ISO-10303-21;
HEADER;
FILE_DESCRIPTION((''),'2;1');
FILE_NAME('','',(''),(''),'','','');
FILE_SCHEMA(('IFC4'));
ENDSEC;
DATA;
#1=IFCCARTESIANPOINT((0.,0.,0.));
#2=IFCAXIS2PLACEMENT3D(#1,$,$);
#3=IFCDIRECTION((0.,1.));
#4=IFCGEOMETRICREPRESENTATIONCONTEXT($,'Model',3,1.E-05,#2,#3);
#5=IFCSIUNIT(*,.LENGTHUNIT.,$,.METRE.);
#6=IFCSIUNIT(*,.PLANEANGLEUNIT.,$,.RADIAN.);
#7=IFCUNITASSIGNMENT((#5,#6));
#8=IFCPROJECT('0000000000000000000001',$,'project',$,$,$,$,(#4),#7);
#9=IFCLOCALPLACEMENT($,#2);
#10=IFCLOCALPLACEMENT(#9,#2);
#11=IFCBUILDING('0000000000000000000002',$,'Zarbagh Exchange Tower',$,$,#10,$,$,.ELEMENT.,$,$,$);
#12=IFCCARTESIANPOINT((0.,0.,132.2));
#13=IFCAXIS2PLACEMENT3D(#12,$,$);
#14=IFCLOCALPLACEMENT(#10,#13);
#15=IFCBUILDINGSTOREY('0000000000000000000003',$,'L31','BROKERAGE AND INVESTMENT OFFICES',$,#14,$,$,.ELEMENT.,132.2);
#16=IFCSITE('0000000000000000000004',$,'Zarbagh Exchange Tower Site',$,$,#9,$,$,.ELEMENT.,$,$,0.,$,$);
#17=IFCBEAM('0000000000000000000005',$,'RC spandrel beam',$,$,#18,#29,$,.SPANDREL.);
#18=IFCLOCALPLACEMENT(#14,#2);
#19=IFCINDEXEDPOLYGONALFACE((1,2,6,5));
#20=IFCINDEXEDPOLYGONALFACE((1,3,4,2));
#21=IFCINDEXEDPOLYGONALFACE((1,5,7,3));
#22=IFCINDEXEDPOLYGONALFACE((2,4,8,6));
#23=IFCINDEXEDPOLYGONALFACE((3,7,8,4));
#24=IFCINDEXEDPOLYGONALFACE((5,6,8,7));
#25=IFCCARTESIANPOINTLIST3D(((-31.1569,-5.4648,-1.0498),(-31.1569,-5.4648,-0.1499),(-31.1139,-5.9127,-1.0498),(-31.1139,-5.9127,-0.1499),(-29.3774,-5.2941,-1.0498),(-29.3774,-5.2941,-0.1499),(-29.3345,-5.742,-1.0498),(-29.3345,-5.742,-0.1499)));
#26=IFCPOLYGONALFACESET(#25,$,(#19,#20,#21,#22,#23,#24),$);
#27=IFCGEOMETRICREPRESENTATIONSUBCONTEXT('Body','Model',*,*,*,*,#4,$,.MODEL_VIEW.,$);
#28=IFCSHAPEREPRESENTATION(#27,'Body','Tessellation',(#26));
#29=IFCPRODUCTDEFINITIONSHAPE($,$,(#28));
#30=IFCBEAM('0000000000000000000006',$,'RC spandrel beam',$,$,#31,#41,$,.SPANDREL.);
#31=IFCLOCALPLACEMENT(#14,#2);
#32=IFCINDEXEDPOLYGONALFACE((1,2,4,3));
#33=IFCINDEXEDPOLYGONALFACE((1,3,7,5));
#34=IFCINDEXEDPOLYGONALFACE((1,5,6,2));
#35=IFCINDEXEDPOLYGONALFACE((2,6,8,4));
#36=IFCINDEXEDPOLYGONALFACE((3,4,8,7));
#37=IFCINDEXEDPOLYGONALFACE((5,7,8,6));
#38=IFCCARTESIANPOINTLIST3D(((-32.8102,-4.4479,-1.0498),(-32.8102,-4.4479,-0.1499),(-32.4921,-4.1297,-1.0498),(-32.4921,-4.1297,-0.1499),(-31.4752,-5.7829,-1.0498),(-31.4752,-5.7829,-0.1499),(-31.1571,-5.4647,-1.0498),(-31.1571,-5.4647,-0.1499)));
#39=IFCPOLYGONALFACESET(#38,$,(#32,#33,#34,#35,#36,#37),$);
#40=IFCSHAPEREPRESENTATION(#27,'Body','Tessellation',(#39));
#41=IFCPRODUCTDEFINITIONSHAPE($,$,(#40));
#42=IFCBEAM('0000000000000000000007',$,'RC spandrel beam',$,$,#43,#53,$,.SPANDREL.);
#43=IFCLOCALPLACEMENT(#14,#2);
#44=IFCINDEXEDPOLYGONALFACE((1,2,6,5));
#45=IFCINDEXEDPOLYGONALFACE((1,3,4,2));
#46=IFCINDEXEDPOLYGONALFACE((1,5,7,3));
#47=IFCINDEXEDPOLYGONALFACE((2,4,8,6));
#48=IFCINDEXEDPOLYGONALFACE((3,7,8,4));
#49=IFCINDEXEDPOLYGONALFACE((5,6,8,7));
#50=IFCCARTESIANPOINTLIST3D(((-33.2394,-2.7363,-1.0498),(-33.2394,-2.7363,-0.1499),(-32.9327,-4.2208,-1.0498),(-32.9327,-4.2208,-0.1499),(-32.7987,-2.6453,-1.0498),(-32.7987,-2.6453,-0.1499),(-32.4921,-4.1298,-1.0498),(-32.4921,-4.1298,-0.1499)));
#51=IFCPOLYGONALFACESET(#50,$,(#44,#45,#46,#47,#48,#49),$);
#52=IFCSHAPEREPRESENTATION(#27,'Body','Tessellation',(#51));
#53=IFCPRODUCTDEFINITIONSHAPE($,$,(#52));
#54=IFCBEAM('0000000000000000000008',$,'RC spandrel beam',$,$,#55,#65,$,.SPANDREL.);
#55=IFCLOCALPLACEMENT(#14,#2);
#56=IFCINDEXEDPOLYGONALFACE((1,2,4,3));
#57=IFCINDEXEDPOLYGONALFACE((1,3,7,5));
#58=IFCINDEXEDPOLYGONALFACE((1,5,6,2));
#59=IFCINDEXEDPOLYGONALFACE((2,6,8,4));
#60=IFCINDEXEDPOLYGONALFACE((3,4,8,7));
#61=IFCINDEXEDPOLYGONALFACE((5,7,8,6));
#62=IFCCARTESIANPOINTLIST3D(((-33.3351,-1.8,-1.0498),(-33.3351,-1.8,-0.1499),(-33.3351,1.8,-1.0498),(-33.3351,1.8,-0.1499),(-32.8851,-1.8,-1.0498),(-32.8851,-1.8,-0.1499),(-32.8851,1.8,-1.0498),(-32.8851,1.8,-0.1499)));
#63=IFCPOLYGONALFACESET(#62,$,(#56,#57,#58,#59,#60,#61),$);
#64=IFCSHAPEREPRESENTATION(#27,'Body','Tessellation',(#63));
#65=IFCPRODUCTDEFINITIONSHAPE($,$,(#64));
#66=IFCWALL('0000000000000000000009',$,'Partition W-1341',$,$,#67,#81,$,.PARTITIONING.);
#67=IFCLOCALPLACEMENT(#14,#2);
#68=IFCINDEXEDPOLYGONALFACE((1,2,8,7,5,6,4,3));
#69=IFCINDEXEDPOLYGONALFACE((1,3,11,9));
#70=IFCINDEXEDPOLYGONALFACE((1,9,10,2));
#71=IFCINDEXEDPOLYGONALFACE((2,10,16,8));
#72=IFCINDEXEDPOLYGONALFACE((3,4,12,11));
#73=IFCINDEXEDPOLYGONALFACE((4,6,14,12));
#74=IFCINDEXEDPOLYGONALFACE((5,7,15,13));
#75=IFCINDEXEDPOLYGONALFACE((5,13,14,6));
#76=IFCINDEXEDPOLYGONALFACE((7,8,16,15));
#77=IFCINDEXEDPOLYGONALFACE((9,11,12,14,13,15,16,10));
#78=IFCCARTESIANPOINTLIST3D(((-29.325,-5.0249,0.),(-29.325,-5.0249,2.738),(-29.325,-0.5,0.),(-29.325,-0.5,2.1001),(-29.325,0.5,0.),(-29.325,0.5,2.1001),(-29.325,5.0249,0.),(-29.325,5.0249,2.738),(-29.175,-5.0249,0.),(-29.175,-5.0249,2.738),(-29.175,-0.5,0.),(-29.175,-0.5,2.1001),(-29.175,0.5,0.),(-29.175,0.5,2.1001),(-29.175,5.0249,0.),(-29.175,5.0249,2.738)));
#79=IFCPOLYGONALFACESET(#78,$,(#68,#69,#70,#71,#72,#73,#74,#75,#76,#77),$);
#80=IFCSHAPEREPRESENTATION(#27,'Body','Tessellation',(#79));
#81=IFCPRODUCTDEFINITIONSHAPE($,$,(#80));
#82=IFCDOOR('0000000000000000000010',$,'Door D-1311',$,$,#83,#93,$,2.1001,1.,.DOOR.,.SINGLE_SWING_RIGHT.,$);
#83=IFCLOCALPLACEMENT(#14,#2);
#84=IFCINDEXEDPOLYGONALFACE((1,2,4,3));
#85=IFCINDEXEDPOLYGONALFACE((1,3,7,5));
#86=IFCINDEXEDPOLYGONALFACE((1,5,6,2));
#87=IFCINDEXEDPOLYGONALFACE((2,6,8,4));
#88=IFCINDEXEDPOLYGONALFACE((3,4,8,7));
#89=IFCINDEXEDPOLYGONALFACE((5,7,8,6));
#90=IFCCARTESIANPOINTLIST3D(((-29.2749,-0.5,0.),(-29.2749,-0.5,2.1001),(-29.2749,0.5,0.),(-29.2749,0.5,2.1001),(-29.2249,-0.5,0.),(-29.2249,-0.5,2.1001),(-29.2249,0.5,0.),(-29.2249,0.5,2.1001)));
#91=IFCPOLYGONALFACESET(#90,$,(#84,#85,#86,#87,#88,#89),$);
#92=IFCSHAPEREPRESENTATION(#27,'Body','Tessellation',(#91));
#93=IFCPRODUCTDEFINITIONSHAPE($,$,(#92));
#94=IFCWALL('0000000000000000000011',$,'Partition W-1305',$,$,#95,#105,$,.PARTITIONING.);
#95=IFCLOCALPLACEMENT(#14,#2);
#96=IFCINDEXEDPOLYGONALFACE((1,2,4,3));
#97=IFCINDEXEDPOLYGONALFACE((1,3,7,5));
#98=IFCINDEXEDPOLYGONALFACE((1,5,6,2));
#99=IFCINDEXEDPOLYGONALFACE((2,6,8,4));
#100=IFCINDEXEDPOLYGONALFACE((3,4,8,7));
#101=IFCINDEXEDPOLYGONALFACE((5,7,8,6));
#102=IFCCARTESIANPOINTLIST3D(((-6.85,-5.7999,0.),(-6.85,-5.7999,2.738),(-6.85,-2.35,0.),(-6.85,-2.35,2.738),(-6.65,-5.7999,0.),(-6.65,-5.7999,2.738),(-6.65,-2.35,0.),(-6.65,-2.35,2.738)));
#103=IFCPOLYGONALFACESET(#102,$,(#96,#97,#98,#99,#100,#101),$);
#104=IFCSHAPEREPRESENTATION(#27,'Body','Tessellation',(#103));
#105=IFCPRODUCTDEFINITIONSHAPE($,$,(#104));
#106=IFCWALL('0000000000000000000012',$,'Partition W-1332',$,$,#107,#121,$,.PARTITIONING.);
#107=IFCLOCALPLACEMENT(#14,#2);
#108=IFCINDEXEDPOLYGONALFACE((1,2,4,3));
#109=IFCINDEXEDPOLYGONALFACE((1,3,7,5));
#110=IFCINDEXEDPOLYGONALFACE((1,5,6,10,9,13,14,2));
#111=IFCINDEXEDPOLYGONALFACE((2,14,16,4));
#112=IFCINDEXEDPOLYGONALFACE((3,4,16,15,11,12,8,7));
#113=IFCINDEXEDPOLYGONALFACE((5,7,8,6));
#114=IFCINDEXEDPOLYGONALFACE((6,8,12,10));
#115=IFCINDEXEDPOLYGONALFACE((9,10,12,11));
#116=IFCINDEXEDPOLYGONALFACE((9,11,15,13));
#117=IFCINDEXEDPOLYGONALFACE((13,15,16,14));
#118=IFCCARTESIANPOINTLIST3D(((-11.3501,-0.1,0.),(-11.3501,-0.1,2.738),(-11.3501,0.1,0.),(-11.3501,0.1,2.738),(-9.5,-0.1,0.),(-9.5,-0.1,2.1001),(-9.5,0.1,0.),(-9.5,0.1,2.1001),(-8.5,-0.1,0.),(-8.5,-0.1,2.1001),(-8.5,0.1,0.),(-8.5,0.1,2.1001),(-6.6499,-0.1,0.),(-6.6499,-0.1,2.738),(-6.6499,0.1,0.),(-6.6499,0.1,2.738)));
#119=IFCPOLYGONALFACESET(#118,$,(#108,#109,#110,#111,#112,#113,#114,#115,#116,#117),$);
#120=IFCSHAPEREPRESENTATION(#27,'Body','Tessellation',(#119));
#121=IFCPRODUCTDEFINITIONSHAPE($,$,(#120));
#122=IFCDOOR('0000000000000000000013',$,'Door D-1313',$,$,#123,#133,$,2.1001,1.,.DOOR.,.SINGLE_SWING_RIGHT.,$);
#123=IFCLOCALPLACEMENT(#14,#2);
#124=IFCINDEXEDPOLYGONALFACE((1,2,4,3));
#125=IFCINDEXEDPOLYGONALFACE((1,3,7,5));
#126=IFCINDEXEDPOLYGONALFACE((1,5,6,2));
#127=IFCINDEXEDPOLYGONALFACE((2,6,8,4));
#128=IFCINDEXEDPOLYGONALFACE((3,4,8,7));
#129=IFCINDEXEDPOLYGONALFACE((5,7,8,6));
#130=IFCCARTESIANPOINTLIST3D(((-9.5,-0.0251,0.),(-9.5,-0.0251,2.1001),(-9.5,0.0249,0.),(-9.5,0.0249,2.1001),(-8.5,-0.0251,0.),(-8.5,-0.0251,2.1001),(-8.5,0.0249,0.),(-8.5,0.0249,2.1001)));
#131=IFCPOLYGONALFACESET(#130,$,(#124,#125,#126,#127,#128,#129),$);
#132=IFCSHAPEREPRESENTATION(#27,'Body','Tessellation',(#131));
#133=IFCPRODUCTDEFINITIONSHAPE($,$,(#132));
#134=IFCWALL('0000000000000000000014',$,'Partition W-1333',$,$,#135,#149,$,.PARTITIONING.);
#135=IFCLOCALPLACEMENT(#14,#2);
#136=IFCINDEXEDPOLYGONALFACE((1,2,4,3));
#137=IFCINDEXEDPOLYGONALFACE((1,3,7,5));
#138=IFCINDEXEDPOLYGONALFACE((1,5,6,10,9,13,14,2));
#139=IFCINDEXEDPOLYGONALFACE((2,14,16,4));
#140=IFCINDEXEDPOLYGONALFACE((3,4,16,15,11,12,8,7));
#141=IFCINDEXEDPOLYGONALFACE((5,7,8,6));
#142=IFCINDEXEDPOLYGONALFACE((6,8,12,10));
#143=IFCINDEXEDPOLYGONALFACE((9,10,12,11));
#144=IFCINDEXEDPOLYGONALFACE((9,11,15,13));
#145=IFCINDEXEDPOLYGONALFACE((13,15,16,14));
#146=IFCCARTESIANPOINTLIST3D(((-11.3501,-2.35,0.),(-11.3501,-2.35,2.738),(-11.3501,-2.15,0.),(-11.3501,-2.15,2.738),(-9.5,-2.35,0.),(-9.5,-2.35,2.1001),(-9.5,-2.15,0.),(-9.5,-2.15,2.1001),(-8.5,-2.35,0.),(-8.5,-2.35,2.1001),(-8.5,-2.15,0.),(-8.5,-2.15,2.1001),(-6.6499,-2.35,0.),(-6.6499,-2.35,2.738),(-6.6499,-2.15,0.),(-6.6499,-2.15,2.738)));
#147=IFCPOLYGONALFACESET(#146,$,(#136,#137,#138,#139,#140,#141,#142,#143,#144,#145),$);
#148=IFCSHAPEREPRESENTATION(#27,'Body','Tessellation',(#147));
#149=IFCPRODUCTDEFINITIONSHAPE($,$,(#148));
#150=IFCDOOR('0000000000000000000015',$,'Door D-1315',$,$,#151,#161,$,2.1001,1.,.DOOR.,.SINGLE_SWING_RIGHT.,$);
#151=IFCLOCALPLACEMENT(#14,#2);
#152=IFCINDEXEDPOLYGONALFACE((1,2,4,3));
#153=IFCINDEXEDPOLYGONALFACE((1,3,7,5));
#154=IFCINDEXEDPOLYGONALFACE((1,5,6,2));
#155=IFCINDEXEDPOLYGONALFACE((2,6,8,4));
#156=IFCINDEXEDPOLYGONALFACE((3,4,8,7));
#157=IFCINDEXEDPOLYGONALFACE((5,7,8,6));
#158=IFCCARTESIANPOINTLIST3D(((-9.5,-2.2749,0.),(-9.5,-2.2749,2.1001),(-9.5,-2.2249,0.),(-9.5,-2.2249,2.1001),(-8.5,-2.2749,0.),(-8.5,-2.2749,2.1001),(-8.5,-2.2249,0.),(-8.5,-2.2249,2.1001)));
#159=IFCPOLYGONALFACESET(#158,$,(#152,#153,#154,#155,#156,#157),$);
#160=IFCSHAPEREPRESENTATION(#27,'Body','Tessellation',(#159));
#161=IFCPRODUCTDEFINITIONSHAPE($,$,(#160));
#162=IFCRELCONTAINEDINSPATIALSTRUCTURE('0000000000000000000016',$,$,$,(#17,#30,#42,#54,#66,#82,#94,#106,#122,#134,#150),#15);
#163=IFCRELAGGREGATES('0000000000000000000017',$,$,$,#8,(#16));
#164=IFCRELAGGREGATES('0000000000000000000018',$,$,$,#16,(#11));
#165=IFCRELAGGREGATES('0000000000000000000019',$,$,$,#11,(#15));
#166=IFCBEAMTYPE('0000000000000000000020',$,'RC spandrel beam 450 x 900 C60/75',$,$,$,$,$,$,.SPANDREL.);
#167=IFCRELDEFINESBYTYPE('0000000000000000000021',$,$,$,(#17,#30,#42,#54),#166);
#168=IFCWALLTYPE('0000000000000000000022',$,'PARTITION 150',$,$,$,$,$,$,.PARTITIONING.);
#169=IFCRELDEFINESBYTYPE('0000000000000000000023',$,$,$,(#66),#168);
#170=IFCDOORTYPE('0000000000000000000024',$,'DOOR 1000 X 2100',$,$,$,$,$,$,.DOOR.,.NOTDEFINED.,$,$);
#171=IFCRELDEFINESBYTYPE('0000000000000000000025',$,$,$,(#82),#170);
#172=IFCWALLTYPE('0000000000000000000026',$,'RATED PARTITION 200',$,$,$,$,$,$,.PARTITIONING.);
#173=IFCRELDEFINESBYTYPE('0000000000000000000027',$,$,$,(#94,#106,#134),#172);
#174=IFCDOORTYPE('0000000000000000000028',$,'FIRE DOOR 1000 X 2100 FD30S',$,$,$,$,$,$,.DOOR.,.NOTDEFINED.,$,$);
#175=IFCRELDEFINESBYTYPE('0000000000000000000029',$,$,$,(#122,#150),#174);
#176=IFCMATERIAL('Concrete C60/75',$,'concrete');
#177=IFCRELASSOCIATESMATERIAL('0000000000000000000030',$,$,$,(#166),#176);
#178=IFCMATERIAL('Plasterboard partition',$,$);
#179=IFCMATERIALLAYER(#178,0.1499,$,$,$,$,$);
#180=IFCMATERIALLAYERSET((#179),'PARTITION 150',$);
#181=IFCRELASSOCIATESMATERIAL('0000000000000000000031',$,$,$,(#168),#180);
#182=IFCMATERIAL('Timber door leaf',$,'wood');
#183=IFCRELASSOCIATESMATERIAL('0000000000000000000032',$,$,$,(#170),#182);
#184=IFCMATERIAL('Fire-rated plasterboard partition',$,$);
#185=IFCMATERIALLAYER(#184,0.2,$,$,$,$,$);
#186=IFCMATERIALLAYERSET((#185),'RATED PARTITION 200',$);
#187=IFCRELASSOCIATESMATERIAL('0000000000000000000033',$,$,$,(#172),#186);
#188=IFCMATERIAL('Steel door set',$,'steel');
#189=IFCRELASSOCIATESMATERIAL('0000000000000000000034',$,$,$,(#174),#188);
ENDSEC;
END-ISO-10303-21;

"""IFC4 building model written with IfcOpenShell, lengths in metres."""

from ifc_helpers import new_model, si_unit, direction, frame, frame_2d, origin, origin_2d, place, context, subcontext, project, spatial, rectangle, extrude, material, layer, layer_set, material_profile, profile_set, type_object, element, fill, save


model = new_model("IFC4")

# Units and contexts
model_context = context("Model", 3, precision=1e-05, world=origin(), true_north=direction((0.0, 1.0)))
body_context = subcontext(model_context, "Body", "Model", "MODEL_VIEW")
ifc_project = project(units=[si_unit("LENGTHUNIT", "METRE"), si_unit("PLANEANGLEUNIT", "RADIAN")], contexts=[model_context])

# Site, building, storey
site_placement = place(None, origin())
site = spatial("IfcSite", under=ifc_project, at=site_placement, Name="Zarbagh Exchange Tower Site", CompositionType="ELEMENT", RefElevation=0.0)
building_placement = place(site_placement, origin())
building = spatial("IfcBuilding", under=site, at=building_placement, Name="Zarbagh Exchange Tower", CompositionType="ELEMENT")
storey_placement = place(building_placement, frame((0.0, 0.0, 132.2)))
storey = spatial("IfcBuildingStorey", under=building, at=storey_placement, Name="L31", Description="BROKERAGE AND INVESTMENT OFFICES", CompositionType="ELEMENT", Elevation=132.2)

# Shared definitions
ifc_material_1 = material(Name="Concrete C60/75", Category="concrete")

# Beams
ifc_material_profile_1 = material_profile(ifc_material_1, rectangle(XDim=0.45, YDim=0.8999, at=origin_2d()), Name="RC spandrel beam 450 x 900 C60/75")
ifc_profile_set_1 = profile_set([ifc_material_profile_1], Name="Concrete C60/75")
beam_type_1 = type_object("IfcBeamType", Name="RC spandrel beam 450 x 900 C60/75", PredefinedType="SPANDREL", material=ifc_profile_set_1)
beam_1_placement = place(storey_placement, frame((-29.356, -5.5181, -0.5999), z_axis=(-0.995433, -0.09546, 0.0), x_axis=(0.09546, -0.995433, 0.0)))
element("IfcBeam", 1, at=beam_1_placement, inside=storey, type_object=beam_type_1, Name="RC spandrel beam", PredefinedType="SPANDREL", context=body_context, shape_type="SweptSolid", body=[
    extrude(rectangle(XDim=0.45, YDim=0.8999, at=origin_2d()), origin(), (0.0, 0.0, 1.0), 1.7876),
])
beam_2_placement = place(storey_placement, frame((-31.3162, -5.6238, -0.5999), z_axis=(-0.707107, 0.707107, 0.0), x_axis=(-0.707107, -0.707107, 0.0)))
element("IfcBeam", 2, at=beam_2_placement, inside=storey, type_object=beam_type_1, Name="RC spandrel beam", PredefinedType="SPANDREL", context=body_context, shape_type="SweptSolid", body=[
    extrude(rectangle(XDim=0.45, YDim=0.8999, at=origin_2d()), origin(), (0.0, 0.0, 1.0), 1.8879),
])
beam_3_placement = place(storey_placement, frame((-32.7124, -4.1753, -0.5999), z_axis=(-0.202275, 0.979329, 0.0), x_axis=(-0.979329, -0.202275, 0.0)))
element("IfcBeam", 3, at=beam_3_placement, inside=storey, type_object=beam_type_1, Name="RC spandrel beam", PredefinedType="SPANDREL", context=body_context, shape_type="SweptSolid", body=[
    extrude(rectangle(XDim=0.45, YDim=0.8999, at=origin_2d()), origin(), (0.0, 0.0, 1.0), 1.5159),
])
beam_4_placement = place(storey_placement, frame((-33.1101, -1.8, -0.5999), z_axis=(0.0, 1.0, 0.0), x_axis=(-1.0, 0.0, 0.0)))
element("IfcBeam", 4, at=beam_4_placement, inside=storey, type_object=beam_type_1, Name="RC spandrel beam", PredefinedType="SPANDREL", context=body_context, shape_type="SweptSolid", body=[
    extrude(rectangle(XDim=0.45, YDim=0.8999, at=origin_2d()), origin(), (0.0, 0.0, 1.0), 3.6001),
])

# Wall, opening, door
ifc_material_2 = material(Name="Plasterboard partition")
ifc_layer_1 = layer(ifc_material_2, 0.1499)
ifc_layer_set_1 = layer_set([ifc_layer_1], Name="PARTITION 150")
wall_type_1 = type_object("IfcWallType", Name="PARTITION 150", PredefinedType="PARTITIONING", material=ifc_layer_set_1)
wall_1_placement = place(storey_placement, frame((-29.25, -5.0249, 0.0), z_axis=(0.0, 0.0, 1.0), x_axis=(0.0, 1.0, 0.0)))
wall_1 = element("IfcWall", 5, at=wall_1_placement, inside=storey, type_object=wall_type_1, Name="Partition W-1341", PredefinedType="PARTITIONING", context=body_context, shape_type="SweptSolid", body=[
    extrude(rectangle(XDim=10.0498, YDim=0.1499, at=frame_2d((5.0249, 0.0))), origin(), (0.0, 0.0, 1.0), 2.738),
])
opening_1_placement = place(wall_1_placement, frame((4.5249, 0.0, 0.0)))
opening_1 = element("IfcOpeningElement", 6, at=opening_1_placement, cuts=wall_1, PredefinedType="OPENING", context=body_context, shape_type="SweptSolid", body=[
    extrude(rectangle(XDim=1.0, YDim=2.1001, at=frame_2d((0.5, 1.05))), frame((0.0, 0.085, 0.0), z_axis=(0.0, -1.0, 0.0), x_axis=(1.0, 0.0, 0.0)), (0.0, 0.0, 1.0), 0.1699),
])
ifc_material_3 = material(Name="Timber door leaf", Category="wood")
door_type_1 = type_object("IfcDoorType", Name="DOOR 1000 X 2100", OperationType="NOTDEFINED", PredefinedType="DOOR", material=ifc_material_3)
door_1_placement = place(opening_1_placement, origin())
door_1 = element("IfcDoor", 7, at=door_1_placement, inside=storey, type_object=door_type_1, Name="Door D-1311", OperationType="SINGLE_SWING_RIGHT", OverallHeight=2.1001, OverallWidth=1.0, PredefinedType="DOOR", context=body_context, shape_type="SweptSolid", body=[
    extrude(rectangle(XDim=1.0, YDim=2.1001, at=frame_2d((0.5, 1.05))), frame((0.0, 0.0249, 0.0), z_axis=(0.0, -1.0, 0.0), x_axis=(1.0, 0.0, 0.0)), (0.0, 0.0, 1.0), 0.05),
])
fill(opening_1, door_1)

# Wall
ifc_material_4 = material(Name="Fire-rated plasterboard partition")
ifc_layer_2 = layer(ifc_material_4, 0.2)
ifc_layer_set_2 = layer_set([ifc_layer_2], Name="RATED PARTITION 200")
wall_type_2 = type_object("IfcWallType", Name="RATED PARTITION 200", PredefinedType="PARTITIONING", material=ifc_layer_set_2)
wall_2_placement = place(storey_placement, frame((-6.75, -5.8, 0.0), z_axis=(0.0, 0.0, 1.0), x_axis=(0.0, 1.0, 0.0)))
element("IfcWall", 8, at=wall_2_placement, inside=storey, type_object=wall_type_2, Name="Partition W-1305", PredefinedType="PARTITIONING", context=body_context, shape_type="SweptSolid", body=[
    extrude(rectangle(XDim=3.45, YDim=0.2, at=frame_2d((1.7251, 0.0))), origin(), (0.0, 0.0, 1.0), 2.738),
])

# Walls, openings, doors
wall_3_placement = place(storey_placement, frame((-11.3501, 0.0, 0.0), z_axis=(0.0, 0.0, 1.0), x_axis=(1.0, 0.0, 0.0)))
wall_3 = element("IfcWall", 9, at=wall_3_placement, inside=storey, type_object=wall_type_2, Name="Partition W-1332", PredefinedType="PARTITIONING", context=body_context, shape_type="SweptSolid", body=[
    extrude(rectangle(XDim=4.7002, YDim=0.2, at=frame_2d((2.3501, 0.0))), origin(), (0.0, 0.0, 1.0), 2.738),
])
opening_2_placement = place(wall_3_placement, frame((1.8501, 0.0, 0.0)))
opening_2 = element("IfcOpeningElement", 10, at=opening_2_placement, cuts=wall_3, PredefinedType="OPENING", context=body_context, shape_type="SweptSolid", body=[
    extrude(rectangle(XDim=1.0, YDim=2.1001, at=frame_2d((0.5, 1.05))), frame((0.0, 0.1099, 0.0), z_axis=(0.0, -1.0, 0.0), x_axis=(1.0, 0.0, 0.0)), (0.0, 0.0, 1.0), 0.22),
])
ifc_material_5 = material(Name="Steel door set", Category="steel")
door_type_2 = type_object("IfcDoorType", Name="FIRE DOOR 1000 X 2100 FD30S", OperationType="NOTDEFINED", PredefinedType="DOOR", material=ifc_material_5)
door_2_placement = place(opening_2_placement, origin())
door_2 = element("IfcDoor", 11, at=door_2_placement, inside=storey, type_object=door_type_2, Name="Door D-1313", OperationType="SINGLE_SWING_RIGHT", OverallHeight=2.1001, OverallWidth=1.0, PredefinedType="DOOR", context=body_context, shape_type="SweptSolid", body=[
    extrude(rectangle(XDim=1.0, YDim=2.1001, at=frame_2d((0.5, 1.05))), frame((0.0, 0.0249, 0.0), z_axis=(0.0, -1.0, 0.0), x_axis=(1.0, 0.0, 0.0)), (0.0, 0.0, 1.0), 0.05),
])
fill(opening_2, door_2)
wall_4_placement = place(storey_placement, frame((-6.6499, -2.25, 0.0), z_axis=(0.0, 0.0, 1.0), x_axis=(-1.0, 0.0, 0.0)))
wall_4 = element("IfcWall", 12, at=wall_4_placement, inside=storey, type_object=wall_type_2, Name="Partition W-1333", PredefinedType="PARTITIONING", context=body_context, shape_type="SweptSolid", body=[
    extrude(rectangle(XDim=4.7002, YDim=0.2, at=frame_2d((2.3501, 0.0))), origin(), (0.0, 0.0, 1.0), 2.738),
])
opening_3_placement = place(wall_4_placement, frame((1.8501, 0.0, 0.0)))
opening_3 = element("IfcOpeningElement", 13, at=opening_3_placement, cuts=wall_4, PredefinedType="OPENING", context=body_context, shape_type="SweptSolid", body=[
    extrude(rectangle(XDim=1.0, YDim=2.1001, at=frame_2d((0.5, 1.05))), frame((0.0, 0.1099, 0.0), z_axis=(0.0, -1.0, 0.0), x_axis=(1.0, 0.0, 0.0)), (0.0, 0.0, 1.0), 0.22),
])
door_3_placement = place(opening_3_placement, origin())
door_3 = element("IfcDoor", 14, at=door_3_placement, inside=storey, type_object=door_type_2, Name="Door D-1315", OperationType="SINGLE_SWING_RIGHT", OverallHeight=2.1001, OverallWidth=1.0, PredefinedType="DOOR", context=body_context, shape_type="SweptSolid", body=[
    extrude(rectangle(XDim=1.0, YDim=2.1001, at=frame_2d((0.5, 1.05))), frame((0.0, 0.0249, 0.0), z_axis=(0.0, -1.0, 0.0), x_axis=(1.0, 0.0, 0.0)), (0.0, 0.0, 1.0), 0.05),
])
fill(opening_3, door_3)

save(model, "model.ifc")
